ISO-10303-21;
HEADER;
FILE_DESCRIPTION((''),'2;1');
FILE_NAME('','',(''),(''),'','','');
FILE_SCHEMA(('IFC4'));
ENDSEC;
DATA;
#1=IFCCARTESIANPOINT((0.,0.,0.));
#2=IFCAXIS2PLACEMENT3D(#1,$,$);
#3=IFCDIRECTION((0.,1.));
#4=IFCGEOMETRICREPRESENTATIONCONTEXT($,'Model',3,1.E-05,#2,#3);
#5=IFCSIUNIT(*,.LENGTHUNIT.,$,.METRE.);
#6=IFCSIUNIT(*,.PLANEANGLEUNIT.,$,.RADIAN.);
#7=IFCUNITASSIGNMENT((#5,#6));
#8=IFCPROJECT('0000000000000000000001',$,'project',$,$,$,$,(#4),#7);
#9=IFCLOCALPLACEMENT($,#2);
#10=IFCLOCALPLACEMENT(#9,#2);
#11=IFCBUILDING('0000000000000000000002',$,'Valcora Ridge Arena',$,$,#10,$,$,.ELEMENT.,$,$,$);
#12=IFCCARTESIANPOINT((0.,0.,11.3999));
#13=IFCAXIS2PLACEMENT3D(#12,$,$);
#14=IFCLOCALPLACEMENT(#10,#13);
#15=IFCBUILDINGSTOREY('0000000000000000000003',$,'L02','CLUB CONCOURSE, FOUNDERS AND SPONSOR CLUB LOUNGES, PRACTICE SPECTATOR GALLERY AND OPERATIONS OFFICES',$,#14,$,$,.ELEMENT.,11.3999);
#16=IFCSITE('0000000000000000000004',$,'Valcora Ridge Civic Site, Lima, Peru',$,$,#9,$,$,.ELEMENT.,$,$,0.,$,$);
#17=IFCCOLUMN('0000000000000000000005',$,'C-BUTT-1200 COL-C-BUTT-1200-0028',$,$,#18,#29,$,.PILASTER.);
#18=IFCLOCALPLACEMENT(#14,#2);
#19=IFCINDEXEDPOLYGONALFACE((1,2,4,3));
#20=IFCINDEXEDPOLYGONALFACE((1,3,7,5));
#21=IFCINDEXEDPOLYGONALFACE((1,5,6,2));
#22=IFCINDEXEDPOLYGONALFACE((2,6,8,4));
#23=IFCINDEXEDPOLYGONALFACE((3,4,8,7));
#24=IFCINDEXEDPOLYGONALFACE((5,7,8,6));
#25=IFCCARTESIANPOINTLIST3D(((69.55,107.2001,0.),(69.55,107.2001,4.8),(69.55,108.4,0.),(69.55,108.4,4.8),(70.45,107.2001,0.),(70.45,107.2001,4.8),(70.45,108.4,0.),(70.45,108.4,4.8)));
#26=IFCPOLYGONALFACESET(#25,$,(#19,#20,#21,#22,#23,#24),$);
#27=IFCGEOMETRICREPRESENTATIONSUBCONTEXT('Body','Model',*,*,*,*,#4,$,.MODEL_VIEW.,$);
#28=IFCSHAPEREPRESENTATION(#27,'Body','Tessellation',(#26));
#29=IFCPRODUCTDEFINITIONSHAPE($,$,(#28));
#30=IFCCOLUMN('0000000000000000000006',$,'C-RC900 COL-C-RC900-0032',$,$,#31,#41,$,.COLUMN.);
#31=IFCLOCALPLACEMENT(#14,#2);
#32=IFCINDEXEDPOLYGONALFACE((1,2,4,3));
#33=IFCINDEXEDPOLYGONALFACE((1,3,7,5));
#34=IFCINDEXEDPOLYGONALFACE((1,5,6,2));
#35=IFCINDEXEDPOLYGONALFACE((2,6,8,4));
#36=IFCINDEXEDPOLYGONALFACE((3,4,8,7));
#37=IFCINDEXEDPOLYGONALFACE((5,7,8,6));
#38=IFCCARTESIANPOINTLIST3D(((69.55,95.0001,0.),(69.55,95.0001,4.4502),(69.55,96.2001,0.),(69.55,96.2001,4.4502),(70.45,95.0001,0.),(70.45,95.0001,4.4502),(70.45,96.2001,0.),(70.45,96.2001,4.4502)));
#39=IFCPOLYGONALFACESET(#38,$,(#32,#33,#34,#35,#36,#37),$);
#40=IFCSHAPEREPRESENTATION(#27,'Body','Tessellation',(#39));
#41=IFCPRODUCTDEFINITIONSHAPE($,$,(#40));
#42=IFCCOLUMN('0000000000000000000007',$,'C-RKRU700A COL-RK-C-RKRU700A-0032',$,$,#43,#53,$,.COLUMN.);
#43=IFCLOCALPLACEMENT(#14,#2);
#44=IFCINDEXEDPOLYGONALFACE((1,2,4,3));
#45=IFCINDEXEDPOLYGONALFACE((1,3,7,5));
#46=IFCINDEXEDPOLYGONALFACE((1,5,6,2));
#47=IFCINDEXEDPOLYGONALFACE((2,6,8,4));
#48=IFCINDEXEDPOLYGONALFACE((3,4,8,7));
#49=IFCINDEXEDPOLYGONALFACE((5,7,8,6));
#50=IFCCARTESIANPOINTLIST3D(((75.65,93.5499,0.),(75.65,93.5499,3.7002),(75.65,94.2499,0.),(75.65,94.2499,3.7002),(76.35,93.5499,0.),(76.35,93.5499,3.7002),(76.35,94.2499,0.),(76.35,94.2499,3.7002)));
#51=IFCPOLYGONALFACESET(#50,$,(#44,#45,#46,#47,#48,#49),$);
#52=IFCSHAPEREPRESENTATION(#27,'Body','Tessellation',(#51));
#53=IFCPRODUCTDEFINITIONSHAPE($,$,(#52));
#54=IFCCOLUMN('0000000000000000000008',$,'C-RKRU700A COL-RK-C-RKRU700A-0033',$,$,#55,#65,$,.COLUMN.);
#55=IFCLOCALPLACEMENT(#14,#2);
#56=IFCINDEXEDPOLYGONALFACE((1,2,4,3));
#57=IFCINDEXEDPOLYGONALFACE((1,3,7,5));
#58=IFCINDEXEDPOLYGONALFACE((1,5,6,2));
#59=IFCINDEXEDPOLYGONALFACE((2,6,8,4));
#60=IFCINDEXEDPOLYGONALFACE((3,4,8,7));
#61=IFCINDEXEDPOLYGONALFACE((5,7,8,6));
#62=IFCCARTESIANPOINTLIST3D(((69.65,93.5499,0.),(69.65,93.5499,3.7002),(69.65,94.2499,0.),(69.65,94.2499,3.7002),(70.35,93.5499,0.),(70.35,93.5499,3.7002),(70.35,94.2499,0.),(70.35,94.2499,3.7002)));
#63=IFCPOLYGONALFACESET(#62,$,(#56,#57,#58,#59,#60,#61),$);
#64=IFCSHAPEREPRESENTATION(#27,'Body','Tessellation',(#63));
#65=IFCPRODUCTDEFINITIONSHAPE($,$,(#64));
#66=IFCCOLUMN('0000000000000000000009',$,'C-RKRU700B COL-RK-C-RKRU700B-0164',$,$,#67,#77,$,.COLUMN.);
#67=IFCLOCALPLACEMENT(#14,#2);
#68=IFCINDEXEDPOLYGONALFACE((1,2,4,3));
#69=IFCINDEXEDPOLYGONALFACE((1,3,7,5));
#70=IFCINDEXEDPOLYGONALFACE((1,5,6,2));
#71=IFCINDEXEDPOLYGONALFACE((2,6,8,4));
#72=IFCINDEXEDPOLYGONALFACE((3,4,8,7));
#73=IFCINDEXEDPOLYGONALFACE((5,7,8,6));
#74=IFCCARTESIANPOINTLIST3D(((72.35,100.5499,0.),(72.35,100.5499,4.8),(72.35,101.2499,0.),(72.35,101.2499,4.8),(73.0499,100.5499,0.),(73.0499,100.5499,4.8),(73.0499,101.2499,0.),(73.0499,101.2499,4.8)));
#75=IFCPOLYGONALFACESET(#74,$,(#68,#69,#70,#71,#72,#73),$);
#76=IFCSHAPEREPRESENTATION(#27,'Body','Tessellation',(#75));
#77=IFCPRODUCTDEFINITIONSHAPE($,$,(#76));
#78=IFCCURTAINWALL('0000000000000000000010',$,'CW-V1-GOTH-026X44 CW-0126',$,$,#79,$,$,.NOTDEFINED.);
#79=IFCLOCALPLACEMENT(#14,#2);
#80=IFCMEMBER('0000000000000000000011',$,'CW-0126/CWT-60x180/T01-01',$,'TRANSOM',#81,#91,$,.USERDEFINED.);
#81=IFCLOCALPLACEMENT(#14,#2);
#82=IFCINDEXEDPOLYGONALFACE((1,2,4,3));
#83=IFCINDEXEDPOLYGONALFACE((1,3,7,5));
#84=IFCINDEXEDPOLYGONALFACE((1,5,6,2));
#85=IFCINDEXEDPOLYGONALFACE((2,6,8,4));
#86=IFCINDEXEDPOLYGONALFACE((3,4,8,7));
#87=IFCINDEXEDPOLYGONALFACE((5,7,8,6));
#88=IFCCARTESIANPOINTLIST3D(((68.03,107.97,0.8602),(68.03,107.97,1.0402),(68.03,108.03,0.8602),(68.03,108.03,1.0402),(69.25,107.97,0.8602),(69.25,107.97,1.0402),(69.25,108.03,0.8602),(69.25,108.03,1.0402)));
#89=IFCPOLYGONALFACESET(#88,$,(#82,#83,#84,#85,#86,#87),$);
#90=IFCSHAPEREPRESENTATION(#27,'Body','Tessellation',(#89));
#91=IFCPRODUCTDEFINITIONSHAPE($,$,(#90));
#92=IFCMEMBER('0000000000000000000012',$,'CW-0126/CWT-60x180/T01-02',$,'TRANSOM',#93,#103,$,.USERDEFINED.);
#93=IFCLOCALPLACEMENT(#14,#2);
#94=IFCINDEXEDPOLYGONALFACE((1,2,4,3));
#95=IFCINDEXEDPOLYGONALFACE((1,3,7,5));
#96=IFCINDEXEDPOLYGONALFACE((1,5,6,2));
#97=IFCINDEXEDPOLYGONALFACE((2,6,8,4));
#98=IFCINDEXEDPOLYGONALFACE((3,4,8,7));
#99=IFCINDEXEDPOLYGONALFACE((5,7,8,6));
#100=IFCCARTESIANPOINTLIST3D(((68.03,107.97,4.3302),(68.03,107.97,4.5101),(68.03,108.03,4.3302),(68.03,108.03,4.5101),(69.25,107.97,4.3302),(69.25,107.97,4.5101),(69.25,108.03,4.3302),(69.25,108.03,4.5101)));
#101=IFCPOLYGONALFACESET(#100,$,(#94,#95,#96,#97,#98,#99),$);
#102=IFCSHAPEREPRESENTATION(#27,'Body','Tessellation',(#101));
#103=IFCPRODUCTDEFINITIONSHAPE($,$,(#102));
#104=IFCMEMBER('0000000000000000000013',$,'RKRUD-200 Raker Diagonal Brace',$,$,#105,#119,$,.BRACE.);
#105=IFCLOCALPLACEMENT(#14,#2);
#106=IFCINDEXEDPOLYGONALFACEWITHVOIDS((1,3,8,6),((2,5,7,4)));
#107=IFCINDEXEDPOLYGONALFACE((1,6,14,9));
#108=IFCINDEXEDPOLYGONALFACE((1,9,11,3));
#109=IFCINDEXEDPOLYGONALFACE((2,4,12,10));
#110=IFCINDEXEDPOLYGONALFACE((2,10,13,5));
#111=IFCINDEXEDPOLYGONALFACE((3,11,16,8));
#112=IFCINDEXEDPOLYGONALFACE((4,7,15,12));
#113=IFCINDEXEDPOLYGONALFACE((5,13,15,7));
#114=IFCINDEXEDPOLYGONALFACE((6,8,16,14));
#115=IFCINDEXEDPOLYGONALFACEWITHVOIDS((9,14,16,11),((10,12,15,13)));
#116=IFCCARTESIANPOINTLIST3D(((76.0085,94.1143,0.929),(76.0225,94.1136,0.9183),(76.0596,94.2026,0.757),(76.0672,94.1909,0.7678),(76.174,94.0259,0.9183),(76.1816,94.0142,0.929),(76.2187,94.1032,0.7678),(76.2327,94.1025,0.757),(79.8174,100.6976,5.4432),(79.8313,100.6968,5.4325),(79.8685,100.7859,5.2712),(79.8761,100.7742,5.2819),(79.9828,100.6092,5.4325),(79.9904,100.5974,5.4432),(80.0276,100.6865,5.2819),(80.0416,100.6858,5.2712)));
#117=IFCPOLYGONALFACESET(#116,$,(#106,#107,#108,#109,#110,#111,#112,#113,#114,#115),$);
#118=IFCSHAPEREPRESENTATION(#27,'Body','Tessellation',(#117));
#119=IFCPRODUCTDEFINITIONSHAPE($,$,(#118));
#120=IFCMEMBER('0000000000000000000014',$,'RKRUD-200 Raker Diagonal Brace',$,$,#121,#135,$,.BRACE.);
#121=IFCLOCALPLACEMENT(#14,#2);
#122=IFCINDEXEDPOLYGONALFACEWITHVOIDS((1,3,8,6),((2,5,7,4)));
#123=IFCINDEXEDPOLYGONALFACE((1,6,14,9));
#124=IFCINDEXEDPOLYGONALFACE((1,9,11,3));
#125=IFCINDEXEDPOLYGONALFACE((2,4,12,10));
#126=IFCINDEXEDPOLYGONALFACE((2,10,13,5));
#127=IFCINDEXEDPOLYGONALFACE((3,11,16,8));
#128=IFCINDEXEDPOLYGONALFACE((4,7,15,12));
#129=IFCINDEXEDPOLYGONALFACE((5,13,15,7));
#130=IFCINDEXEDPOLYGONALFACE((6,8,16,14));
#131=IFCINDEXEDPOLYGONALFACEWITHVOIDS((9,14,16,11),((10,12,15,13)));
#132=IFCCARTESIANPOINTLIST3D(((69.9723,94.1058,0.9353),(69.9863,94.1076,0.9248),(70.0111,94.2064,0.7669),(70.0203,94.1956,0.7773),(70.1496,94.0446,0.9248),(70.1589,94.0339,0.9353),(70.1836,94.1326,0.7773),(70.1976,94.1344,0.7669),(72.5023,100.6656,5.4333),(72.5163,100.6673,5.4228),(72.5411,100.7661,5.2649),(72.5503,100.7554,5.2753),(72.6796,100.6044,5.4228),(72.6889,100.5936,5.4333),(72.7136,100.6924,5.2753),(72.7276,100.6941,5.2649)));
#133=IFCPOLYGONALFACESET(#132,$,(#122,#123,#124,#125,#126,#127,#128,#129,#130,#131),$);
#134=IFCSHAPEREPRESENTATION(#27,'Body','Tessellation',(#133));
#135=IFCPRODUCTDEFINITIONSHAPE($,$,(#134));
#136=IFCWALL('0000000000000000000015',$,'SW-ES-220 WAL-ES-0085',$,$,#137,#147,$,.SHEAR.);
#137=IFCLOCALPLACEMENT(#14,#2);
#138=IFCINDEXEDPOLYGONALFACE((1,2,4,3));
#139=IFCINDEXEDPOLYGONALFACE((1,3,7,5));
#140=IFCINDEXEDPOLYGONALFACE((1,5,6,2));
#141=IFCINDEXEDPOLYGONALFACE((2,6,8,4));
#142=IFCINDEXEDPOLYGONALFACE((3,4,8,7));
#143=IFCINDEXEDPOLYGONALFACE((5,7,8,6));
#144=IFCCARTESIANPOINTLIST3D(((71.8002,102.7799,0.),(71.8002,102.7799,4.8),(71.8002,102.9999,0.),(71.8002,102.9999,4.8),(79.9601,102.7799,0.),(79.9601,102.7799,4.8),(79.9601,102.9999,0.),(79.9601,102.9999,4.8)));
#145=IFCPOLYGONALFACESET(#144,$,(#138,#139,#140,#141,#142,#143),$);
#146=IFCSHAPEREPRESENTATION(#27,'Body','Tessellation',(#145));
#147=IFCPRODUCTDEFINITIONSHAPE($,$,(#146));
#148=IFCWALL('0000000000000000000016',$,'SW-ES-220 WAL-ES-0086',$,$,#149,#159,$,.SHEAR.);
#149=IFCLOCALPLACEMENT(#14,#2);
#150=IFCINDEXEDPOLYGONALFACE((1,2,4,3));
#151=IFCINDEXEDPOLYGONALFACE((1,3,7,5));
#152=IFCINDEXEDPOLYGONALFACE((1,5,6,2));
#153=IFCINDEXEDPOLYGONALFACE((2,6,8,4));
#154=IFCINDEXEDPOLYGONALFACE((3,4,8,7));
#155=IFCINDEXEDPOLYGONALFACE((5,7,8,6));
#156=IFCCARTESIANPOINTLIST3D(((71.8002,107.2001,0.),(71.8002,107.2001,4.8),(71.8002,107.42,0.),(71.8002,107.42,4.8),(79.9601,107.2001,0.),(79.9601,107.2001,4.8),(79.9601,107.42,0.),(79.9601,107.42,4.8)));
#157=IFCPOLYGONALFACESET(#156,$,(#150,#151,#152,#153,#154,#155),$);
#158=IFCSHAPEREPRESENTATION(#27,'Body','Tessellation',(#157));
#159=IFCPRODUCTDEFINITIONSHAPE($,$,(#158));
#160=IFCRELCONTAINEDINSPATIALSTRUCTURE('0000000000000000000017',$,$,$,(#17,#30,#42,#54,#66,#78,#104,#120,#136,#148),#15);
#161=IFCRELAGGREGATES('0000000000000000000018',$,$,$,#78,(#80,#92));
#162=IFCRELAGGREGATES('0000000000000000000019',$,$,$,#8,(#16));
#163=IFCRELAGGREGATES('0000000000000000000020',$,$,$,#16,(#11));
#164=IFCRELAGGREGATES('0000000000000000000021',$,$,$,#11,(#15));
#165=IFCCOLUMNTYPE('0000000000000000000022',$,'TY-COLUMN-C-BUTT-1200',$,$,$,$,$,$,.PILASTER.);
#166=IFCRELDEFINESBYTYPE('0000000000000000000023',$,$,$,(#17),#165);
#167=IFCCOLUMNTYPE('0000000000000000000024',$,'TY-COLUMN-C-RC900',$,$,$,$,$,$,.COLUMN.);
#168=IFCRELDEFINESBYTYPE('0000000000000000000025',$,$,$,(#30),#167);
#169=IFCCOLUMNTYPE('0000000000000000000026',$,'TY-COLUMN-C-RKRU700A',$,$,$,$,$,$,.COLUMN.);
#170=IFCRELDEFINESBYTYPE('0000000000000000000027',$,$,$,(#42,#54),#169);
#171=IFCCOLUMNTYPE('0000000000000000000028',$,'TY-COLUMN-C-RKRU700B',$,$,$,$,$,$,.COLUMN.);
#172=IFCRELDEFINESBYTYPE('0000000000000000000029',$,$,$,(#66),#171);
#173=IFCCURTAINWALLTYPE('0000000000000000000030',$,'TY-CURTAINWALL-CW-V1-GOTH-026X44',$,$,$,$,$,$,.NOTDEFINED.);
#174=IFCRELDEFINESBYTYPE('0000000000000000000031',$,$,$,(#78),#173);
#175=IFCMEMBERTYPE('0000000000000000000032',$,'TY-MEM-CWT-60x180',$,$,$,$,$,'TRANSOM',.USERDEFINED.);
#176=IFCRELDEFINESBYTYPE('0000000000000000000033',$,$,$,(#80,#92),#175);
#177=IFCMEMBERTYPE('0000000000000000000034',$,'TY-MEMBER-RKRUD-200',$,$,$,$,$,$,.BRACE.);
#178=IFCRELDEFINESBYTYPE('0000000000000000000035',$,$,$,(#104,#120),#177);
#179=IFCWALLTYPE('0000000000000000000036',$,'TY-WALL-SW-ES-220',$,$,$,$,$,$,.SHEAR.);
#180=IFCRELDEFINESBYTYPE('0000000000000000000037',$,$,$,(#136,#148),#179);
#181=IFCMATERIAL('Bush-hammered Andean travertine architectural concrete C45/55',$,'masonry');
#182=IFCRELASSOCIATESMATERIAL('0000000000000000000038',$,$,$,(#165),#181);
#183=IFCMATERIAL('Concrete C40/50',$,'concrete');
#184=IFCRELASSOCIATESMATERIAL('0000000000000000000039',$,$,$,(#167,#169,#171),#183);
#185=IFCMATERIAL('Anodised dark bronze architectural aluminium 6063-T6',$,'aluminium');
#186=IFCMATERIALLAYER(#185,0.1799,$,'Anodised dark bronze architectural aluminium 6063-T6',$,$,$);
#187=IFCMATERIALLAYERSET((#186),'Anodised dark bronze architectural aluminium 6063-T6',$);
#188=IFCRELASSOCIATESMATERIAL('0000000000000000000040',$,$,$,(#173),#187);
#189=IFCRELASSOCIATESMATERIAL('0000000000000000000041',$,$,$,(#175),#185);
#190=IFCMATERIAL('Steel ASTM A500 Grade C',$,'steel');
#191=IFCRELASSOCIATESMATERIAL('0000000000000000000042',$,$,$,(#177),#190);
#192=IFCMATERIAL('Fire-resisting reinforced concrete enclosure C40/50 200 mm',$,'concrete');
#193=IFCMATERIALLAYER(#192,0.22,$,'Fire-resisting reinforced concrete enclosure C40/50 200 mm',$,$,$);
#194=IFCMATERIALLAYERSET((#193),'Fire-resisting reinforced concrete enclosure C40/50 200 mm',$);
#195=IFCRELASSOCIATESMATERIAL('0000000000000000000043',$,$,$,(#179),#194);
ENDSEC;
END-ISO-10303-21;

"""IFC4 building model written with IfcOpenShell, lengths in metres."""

from ifc_helpers import new_model, si_unit, direction, frame, frame_2d, origin, origin_2d, place, context, subcontext, project, spatial, rectangle, hollow_rectangle, extrude, material, layer, layer_set, material_profile, profile_set, type_object, element, aggregate, save


model = new_model("IFC4")

# Units and contexts
model_context = context("Model", 3, precision=1e-05, world=origin(), true_north=direction((0.0, 1.0)))
body_context = subcontext(model_context, "Body", "Model", "MODEL_VIEW")
ifc_project = project(units=[si_unit("LENGTHUNIT", "METRE"), si_unit("PLANEANGLEUNIT", "RADIAN")], contexts=[model_context])

# Site, building, storey
site_placement = place(None, origin())
site = spatial("IfcSite", under=ifc_project, at=site_placement, Name="Valcora Ridge Civic Site, Lima, Peru", CompositionType="ELEMENT", RefElevation=0.0)
building_placement = place(site_placement, origin())
building = spatial("IfcBuilding", under=site, at=building_placement, Name="Valcora Ridge Arena", CompositionType="ELEMENT")
storey_placement = place(building_placement, frame((0.0, 0.0, 11.3999)))
storey = spatial("IfcBuildingStorey", under=building, at=storey_placement, Name="L02", Description="CLUB CONCOURSE, FOUNDERS AND SPONSOR CLUB LOUNGES, PRACTICE SPECTATOR GALLERY AND OPERATIONS OFFICES", CompositionType="ELEMENT", Elevation=11.3999)

# Columns
ifc_material_1 = material(Name="Bush-hammered Andean travertine architectural concrete C45/55", Category="masonry")
ifc_material_profile_1 = material_profile(ifc_material_1, rectangle(XDim=0.8999, YDim=1.2, at=origin_2d()), Name="RC 900x1200")
ifc_profile_set_1 = profile_set([ifc_material_profile_1], Name="Bush-hammered Andean travertine architectural concrete C45/55")
column_type_1 = type_object("IfcColumnType", Name="TY-COLUMN-C-BUTT-1200", PredefinedType="PILASTER", material=ifc_profile_set_1)
column_1_placement = place(storey_placement, frame((70.0, 107.8, 0.0), z_axis=(0.0, 0.0, 1.0), x_axis=(1.0, 0.0, 0.0)))
element("IfcColumn", 1, at=column_1_placement, inside=storey, type_object=column_type_1, Name="C-BUTT-1200 COL-C-BUTT-1200-0028", PredefinedType="PILASTER", context=body_context, shape_type="SweptSolid", body=[
    extrude(rectangle(XDim=0.8999, YDim=1.2, at=origin_2d()), origin(), (0.0, 0.0, 1.0), 4.8),
])
ifc_material_2 = material(Name="Concrete C40/50", Category="concrete")
ifc_material_profile_2 = material_profile(ifc_material_2, rectangle(XDim=0.8999, YDim=1.2, at=origin_2d()), Name="RC 900x1200")
ifc_profile_set_2 = profile_set([ifc_material_profile_2], Name="Concrete C40/50")
column_type_2 = type_object("IfcColumnType", Name="TY-COLUMN-C-RC900", PredefinedType="COLUMN", material=ifc_profile_set_2)
column_2_placement = place(storey_placement, frame((70.0, 95.6001, 0.0), z_axis=(0.0, 0.0, 1.0), x_axis=(1.0, 0.0, 0.0)))
element("IfcColumn", 2, at=column_2_placement, inside=storey, type_object=column_type_2, Name="C-RC900 COL-C-RC900-0032", PredefinedType="COLUMN", context=body_context, shape_type="SweptSolid", body=[
    extrude(rectangle(XDim=0.8999, YDim=1.2, at=origin_2d()), origin(), (0.0, 0.0, 1.0), 4.4502),
])
ifc_material_profile_3 = material_profile(ifc_material_2, rectangle(XDim=0.7, YDim=0.7, at=origin_2d()), Name="RC 700x700")
ifc_profile_set_3 = profile_set([ifc_material_profile_3], Name="Concrete C40/50")
column_type_3 = type_object("IfcColumnType", Name="TY-COLUMN-C-RKRU700A", PredefinedType="COLUMN", material=ifc_profile_set_3)
for number, where, z_axis, x_axis, name in (
    (3, (76.0, 93.8999, 0.0), (0.0, 0.0, 1.0), (1.0, 0.0, 0.0), "C-RKRU700A COL-RK-C-RKRU700A-0032"),
    (4, (70.0, 93.8999, 0.0), (0.0, 0.0, 1.0), (1.0, 0.0, 0.0), "C-RKRU700A COL-RK-C-RKRU700A-0033"),
):
    element("IfcColumn", number, at=place(storey_placement, frame(where, z_axis=z_axis, x_axis=x_axis)), inside=storey, type_object=column_type_3, Name=name, PredefinedType="COLUMN", context=body_context, shape_type="SweptSolid", body=[
        extrude(rectangle(XDim=0.7, YDim=0.7, at=origin_2d()), origin(), (0.0, 0.0, 1.0), 3.7002),
    ])
ifc_material_profile_4 = material_profile(ifc_material_2, rectangle(XDim=0.7, YDim=0.7, at=origin_2d()), Name="RC 700x700")
ifc_profile_set_4 = profile_set([ifc_material_profile_4], Name="Concrete C40/50")
column_type_4 = type_object("IfcColumnType", Name="TY-COLUMN-C-RKRU700B", PredefinedType="COLUMN", material=ifc_profile_set_4)
column_3_placement = place(storey_placement, frame((72.7, 100.8999, 0.0), z_axis=(0.0, 0.0, 1.0), x_axis=(1.0, 0.0, 0.0)))
element("IfcColumn", 5, at=column_3_placement, inside=storey, type_object=column_type_4, Name="C-RKRU700B COL-RK-C-RKRU700B-0164", PredefinedType="COLUMN", context=body_context, shape_type="SweptSolid", body=[
    extrude(rectangle(XDim=0.7, YDim=0.7, at=origin_2d()), origin(), (0.0, 0.0, 1.0), 4.8),
])

# Curtain wall, members
ifc_material_3 = material(Name="Anodised dark bronze architectural aluminium 6063-T6", Category="aluminium")
ifc_layer_1 = layer(ifc_material_3, 0.1799, Name="Anodised dark bronze architectural aluminium 6063-T6")
ifc_layer_set_1 = layer_set([ifc_layer_1], Name="Anodised dark bronze architectural aluminium 6063-T6")
curtain_wall_type = type_object("IfcCurtainWallType", Name="TY-CURTAINWALL-CW-V1-GOTH-026X44", PredefinedType="NOTDEFINED", material=ifc_layer_set_1)
curtain_wall_placement = place(storey_placement, origin())
curtain_wall = element("IfcCurtainWall", 6, at=curtain_wall_placement, inside=storey, type_object=curtain_wall_type, Name="CW-V1-GOTH-026X44 CW-0126", PredefinedType="NOTDEFINED")
ifc_material_profile_5 = material_profile(ifc_material_3, rectangle(XDim=0.0601, YDim=0.1799, at=origin_2d()), Name="ALU TRANSOM 60x180")
ifc_profile_set_5 = profile_set([ifc_material_profile_5], Name="Anodised dark bronze architectural aluminium 6063-T6")
member_type_1 = type_object("IfcMemberType", Name="TY-MEM-CWT-60x180", ElementType="TRANSOM", PredefinedType="USERDEFINED", material=ifc_profile_set_5)
member_1_placement = place(storey_placement, frame((68.03, 108.0, 0.9502), z_axis=(1.0, 0.0, 0.0), x_axis=(0.0, 1.0, 0.0)))
member_1 = element("IfcMember", 7, at=member_1_placement, type_object=member_type_1, Name="CW-0126/CWT-60x180/T01-01", ObjectType="TRANSOM", PredefinedType="USERDEFINED", context=body_context, shape_type="SweptSolid", body=[
    extrude(rectangle(XDim=0.0601, YDim=0.1799, at=origin_2d()), origin(), (0.0, 0.0, 1.0), 1.22),
])
member_2_placement = place(storey_placement, frame((68.03, 108.0, 4.4202), z_axis=(1.0, 0.0, 0.0), x_axis=(0.0, 1.0, 0.0)))
member_2 = element("IfcMember", 8, at=member_2_placement, type_object=member_type_1, Name="CW-0126/CWT-60x180/T01-02", ObjectType="TRANSOM", PredefinedType="USERDEFINED", context=body_context, shape_type="SweptSolid", body=[
    extrude(rectangle(XDim=0.0601, YDim=0.1799, at=origin_2d()), origin(), (0.0, 0.0, 1.0), 1.22),
])
aggregate(curtain_wall, [member_1, member_2])

# Members
ifc_material_4 = material(Name="Steel ASTM A500 Grade C", Category="steel")
ifc_material_profile_6 = material_profile(ifc_material_4, hollow_rectangle(XDim=0.2, YDim=0.2, WallThickness=0.0125, at=origin_2d()), Name="HSS200X200X12")
ifc_profile_set_6 = profile_set([ifc_material_profile_6], Name="Steel ASTM A500 Grade C")
member_type_2 = type_object("IfcMemberType", Name="TY-MEMBER-RKRUD-200", PredefinedType="BRACE", material=ifc_profile_set_6)
member_3_placement = place(storey_placement, frame((76.1206, 94.1084, 0.843), z_axis=(0.430648, 0.744338, 0.510395), x_axis=(-0.86557, 0.500788, 0.0)))
element("IfcMember", 9, at=member_3_placement, inside=storey, type_object=member_type_2, Name="RKRUD-200 Raker Diagonal Brace", PredefinedType="BRACE", context=body_context, shape_type="SweptSolid", body=[
    extrude(hollow_rectangle(XDim=0.2, YDim=0.2, WallThickness=0.0125, at=origin_2d()), origin(), (0.0, 0.0, 1.0), 8.8445),
])
member_4_placement = place(storey_placement, frame((70.085, 94.1201, 0.8511), z_axis=(0.303123, 0.785933, 0.538912), x_axis=(-0.93301, 0.359849, 0.0)))
element("IfcMember", 10, at=member_4_placement, inside=storey, type_object=member_type_2, Name="RKRUD-200 Raker Diagonal Brace", PredefinedType="BRACE", context=body_context, shape_type="SweptSolid", body=[
    extrude(hollow_rectangle(XDim=0.2, YDim=0.2, WallThickness=0.0125, at=origin_2d()), origin(), (0.0, 0.0, 1.0), 8.3464),
])

# Walls
ifc_material_5 = material(Name="Fire-resisting reinforced concrete enclosure C40/50 200 mm", Category="concrete")
ifc_layer_2 = layer(ifc_material_5, 0.22, Name="Fire-resisting reinforced concrete enclosure C40/50 200 mm")
ifc_layer_set_2 = layer_set([ifc_layer_2], Name="Fire-resisting reinforced concrete enclosure C40/50 200 mm")
wall_type = type_object("IfcWallType", Name="TY-WALL-SW-ES-220", PredefinedType="SHEAR", material=ifc_layer_set_2)
for number, where, z_axis, x_axis, name in (
    (11, (71.8, 102.8899, 0.0), (0.0, 0.0, 1.0), (1.0, 0.0, 0.0), "SW-ES-220 WAL-ES-0085"),
    (12, (71.8, 107.3101, 0.0), (0.0, 0.0, 1.0), (1.0, 0.0, 0.0), "SW-ES-220 WAL-ES-0086"),
):
    element("IfcWall", number, at=place(storey_placement, frame(where, z_axis=z_axis, x_axis=x_axis)), inside=storey, type_object=wall_type, Name=name, PredefinedType="SHEAR", context=body_context, shape_type="SweptSolid", body=[
        extrude(rectangle(XDim=8.1599, YDim=0.22, at=frame_2d((4.0801, 0.0))), origin(), (0.0, 0.0, 1.0), 4.8),
    ])

save(model, "model.ifc")
